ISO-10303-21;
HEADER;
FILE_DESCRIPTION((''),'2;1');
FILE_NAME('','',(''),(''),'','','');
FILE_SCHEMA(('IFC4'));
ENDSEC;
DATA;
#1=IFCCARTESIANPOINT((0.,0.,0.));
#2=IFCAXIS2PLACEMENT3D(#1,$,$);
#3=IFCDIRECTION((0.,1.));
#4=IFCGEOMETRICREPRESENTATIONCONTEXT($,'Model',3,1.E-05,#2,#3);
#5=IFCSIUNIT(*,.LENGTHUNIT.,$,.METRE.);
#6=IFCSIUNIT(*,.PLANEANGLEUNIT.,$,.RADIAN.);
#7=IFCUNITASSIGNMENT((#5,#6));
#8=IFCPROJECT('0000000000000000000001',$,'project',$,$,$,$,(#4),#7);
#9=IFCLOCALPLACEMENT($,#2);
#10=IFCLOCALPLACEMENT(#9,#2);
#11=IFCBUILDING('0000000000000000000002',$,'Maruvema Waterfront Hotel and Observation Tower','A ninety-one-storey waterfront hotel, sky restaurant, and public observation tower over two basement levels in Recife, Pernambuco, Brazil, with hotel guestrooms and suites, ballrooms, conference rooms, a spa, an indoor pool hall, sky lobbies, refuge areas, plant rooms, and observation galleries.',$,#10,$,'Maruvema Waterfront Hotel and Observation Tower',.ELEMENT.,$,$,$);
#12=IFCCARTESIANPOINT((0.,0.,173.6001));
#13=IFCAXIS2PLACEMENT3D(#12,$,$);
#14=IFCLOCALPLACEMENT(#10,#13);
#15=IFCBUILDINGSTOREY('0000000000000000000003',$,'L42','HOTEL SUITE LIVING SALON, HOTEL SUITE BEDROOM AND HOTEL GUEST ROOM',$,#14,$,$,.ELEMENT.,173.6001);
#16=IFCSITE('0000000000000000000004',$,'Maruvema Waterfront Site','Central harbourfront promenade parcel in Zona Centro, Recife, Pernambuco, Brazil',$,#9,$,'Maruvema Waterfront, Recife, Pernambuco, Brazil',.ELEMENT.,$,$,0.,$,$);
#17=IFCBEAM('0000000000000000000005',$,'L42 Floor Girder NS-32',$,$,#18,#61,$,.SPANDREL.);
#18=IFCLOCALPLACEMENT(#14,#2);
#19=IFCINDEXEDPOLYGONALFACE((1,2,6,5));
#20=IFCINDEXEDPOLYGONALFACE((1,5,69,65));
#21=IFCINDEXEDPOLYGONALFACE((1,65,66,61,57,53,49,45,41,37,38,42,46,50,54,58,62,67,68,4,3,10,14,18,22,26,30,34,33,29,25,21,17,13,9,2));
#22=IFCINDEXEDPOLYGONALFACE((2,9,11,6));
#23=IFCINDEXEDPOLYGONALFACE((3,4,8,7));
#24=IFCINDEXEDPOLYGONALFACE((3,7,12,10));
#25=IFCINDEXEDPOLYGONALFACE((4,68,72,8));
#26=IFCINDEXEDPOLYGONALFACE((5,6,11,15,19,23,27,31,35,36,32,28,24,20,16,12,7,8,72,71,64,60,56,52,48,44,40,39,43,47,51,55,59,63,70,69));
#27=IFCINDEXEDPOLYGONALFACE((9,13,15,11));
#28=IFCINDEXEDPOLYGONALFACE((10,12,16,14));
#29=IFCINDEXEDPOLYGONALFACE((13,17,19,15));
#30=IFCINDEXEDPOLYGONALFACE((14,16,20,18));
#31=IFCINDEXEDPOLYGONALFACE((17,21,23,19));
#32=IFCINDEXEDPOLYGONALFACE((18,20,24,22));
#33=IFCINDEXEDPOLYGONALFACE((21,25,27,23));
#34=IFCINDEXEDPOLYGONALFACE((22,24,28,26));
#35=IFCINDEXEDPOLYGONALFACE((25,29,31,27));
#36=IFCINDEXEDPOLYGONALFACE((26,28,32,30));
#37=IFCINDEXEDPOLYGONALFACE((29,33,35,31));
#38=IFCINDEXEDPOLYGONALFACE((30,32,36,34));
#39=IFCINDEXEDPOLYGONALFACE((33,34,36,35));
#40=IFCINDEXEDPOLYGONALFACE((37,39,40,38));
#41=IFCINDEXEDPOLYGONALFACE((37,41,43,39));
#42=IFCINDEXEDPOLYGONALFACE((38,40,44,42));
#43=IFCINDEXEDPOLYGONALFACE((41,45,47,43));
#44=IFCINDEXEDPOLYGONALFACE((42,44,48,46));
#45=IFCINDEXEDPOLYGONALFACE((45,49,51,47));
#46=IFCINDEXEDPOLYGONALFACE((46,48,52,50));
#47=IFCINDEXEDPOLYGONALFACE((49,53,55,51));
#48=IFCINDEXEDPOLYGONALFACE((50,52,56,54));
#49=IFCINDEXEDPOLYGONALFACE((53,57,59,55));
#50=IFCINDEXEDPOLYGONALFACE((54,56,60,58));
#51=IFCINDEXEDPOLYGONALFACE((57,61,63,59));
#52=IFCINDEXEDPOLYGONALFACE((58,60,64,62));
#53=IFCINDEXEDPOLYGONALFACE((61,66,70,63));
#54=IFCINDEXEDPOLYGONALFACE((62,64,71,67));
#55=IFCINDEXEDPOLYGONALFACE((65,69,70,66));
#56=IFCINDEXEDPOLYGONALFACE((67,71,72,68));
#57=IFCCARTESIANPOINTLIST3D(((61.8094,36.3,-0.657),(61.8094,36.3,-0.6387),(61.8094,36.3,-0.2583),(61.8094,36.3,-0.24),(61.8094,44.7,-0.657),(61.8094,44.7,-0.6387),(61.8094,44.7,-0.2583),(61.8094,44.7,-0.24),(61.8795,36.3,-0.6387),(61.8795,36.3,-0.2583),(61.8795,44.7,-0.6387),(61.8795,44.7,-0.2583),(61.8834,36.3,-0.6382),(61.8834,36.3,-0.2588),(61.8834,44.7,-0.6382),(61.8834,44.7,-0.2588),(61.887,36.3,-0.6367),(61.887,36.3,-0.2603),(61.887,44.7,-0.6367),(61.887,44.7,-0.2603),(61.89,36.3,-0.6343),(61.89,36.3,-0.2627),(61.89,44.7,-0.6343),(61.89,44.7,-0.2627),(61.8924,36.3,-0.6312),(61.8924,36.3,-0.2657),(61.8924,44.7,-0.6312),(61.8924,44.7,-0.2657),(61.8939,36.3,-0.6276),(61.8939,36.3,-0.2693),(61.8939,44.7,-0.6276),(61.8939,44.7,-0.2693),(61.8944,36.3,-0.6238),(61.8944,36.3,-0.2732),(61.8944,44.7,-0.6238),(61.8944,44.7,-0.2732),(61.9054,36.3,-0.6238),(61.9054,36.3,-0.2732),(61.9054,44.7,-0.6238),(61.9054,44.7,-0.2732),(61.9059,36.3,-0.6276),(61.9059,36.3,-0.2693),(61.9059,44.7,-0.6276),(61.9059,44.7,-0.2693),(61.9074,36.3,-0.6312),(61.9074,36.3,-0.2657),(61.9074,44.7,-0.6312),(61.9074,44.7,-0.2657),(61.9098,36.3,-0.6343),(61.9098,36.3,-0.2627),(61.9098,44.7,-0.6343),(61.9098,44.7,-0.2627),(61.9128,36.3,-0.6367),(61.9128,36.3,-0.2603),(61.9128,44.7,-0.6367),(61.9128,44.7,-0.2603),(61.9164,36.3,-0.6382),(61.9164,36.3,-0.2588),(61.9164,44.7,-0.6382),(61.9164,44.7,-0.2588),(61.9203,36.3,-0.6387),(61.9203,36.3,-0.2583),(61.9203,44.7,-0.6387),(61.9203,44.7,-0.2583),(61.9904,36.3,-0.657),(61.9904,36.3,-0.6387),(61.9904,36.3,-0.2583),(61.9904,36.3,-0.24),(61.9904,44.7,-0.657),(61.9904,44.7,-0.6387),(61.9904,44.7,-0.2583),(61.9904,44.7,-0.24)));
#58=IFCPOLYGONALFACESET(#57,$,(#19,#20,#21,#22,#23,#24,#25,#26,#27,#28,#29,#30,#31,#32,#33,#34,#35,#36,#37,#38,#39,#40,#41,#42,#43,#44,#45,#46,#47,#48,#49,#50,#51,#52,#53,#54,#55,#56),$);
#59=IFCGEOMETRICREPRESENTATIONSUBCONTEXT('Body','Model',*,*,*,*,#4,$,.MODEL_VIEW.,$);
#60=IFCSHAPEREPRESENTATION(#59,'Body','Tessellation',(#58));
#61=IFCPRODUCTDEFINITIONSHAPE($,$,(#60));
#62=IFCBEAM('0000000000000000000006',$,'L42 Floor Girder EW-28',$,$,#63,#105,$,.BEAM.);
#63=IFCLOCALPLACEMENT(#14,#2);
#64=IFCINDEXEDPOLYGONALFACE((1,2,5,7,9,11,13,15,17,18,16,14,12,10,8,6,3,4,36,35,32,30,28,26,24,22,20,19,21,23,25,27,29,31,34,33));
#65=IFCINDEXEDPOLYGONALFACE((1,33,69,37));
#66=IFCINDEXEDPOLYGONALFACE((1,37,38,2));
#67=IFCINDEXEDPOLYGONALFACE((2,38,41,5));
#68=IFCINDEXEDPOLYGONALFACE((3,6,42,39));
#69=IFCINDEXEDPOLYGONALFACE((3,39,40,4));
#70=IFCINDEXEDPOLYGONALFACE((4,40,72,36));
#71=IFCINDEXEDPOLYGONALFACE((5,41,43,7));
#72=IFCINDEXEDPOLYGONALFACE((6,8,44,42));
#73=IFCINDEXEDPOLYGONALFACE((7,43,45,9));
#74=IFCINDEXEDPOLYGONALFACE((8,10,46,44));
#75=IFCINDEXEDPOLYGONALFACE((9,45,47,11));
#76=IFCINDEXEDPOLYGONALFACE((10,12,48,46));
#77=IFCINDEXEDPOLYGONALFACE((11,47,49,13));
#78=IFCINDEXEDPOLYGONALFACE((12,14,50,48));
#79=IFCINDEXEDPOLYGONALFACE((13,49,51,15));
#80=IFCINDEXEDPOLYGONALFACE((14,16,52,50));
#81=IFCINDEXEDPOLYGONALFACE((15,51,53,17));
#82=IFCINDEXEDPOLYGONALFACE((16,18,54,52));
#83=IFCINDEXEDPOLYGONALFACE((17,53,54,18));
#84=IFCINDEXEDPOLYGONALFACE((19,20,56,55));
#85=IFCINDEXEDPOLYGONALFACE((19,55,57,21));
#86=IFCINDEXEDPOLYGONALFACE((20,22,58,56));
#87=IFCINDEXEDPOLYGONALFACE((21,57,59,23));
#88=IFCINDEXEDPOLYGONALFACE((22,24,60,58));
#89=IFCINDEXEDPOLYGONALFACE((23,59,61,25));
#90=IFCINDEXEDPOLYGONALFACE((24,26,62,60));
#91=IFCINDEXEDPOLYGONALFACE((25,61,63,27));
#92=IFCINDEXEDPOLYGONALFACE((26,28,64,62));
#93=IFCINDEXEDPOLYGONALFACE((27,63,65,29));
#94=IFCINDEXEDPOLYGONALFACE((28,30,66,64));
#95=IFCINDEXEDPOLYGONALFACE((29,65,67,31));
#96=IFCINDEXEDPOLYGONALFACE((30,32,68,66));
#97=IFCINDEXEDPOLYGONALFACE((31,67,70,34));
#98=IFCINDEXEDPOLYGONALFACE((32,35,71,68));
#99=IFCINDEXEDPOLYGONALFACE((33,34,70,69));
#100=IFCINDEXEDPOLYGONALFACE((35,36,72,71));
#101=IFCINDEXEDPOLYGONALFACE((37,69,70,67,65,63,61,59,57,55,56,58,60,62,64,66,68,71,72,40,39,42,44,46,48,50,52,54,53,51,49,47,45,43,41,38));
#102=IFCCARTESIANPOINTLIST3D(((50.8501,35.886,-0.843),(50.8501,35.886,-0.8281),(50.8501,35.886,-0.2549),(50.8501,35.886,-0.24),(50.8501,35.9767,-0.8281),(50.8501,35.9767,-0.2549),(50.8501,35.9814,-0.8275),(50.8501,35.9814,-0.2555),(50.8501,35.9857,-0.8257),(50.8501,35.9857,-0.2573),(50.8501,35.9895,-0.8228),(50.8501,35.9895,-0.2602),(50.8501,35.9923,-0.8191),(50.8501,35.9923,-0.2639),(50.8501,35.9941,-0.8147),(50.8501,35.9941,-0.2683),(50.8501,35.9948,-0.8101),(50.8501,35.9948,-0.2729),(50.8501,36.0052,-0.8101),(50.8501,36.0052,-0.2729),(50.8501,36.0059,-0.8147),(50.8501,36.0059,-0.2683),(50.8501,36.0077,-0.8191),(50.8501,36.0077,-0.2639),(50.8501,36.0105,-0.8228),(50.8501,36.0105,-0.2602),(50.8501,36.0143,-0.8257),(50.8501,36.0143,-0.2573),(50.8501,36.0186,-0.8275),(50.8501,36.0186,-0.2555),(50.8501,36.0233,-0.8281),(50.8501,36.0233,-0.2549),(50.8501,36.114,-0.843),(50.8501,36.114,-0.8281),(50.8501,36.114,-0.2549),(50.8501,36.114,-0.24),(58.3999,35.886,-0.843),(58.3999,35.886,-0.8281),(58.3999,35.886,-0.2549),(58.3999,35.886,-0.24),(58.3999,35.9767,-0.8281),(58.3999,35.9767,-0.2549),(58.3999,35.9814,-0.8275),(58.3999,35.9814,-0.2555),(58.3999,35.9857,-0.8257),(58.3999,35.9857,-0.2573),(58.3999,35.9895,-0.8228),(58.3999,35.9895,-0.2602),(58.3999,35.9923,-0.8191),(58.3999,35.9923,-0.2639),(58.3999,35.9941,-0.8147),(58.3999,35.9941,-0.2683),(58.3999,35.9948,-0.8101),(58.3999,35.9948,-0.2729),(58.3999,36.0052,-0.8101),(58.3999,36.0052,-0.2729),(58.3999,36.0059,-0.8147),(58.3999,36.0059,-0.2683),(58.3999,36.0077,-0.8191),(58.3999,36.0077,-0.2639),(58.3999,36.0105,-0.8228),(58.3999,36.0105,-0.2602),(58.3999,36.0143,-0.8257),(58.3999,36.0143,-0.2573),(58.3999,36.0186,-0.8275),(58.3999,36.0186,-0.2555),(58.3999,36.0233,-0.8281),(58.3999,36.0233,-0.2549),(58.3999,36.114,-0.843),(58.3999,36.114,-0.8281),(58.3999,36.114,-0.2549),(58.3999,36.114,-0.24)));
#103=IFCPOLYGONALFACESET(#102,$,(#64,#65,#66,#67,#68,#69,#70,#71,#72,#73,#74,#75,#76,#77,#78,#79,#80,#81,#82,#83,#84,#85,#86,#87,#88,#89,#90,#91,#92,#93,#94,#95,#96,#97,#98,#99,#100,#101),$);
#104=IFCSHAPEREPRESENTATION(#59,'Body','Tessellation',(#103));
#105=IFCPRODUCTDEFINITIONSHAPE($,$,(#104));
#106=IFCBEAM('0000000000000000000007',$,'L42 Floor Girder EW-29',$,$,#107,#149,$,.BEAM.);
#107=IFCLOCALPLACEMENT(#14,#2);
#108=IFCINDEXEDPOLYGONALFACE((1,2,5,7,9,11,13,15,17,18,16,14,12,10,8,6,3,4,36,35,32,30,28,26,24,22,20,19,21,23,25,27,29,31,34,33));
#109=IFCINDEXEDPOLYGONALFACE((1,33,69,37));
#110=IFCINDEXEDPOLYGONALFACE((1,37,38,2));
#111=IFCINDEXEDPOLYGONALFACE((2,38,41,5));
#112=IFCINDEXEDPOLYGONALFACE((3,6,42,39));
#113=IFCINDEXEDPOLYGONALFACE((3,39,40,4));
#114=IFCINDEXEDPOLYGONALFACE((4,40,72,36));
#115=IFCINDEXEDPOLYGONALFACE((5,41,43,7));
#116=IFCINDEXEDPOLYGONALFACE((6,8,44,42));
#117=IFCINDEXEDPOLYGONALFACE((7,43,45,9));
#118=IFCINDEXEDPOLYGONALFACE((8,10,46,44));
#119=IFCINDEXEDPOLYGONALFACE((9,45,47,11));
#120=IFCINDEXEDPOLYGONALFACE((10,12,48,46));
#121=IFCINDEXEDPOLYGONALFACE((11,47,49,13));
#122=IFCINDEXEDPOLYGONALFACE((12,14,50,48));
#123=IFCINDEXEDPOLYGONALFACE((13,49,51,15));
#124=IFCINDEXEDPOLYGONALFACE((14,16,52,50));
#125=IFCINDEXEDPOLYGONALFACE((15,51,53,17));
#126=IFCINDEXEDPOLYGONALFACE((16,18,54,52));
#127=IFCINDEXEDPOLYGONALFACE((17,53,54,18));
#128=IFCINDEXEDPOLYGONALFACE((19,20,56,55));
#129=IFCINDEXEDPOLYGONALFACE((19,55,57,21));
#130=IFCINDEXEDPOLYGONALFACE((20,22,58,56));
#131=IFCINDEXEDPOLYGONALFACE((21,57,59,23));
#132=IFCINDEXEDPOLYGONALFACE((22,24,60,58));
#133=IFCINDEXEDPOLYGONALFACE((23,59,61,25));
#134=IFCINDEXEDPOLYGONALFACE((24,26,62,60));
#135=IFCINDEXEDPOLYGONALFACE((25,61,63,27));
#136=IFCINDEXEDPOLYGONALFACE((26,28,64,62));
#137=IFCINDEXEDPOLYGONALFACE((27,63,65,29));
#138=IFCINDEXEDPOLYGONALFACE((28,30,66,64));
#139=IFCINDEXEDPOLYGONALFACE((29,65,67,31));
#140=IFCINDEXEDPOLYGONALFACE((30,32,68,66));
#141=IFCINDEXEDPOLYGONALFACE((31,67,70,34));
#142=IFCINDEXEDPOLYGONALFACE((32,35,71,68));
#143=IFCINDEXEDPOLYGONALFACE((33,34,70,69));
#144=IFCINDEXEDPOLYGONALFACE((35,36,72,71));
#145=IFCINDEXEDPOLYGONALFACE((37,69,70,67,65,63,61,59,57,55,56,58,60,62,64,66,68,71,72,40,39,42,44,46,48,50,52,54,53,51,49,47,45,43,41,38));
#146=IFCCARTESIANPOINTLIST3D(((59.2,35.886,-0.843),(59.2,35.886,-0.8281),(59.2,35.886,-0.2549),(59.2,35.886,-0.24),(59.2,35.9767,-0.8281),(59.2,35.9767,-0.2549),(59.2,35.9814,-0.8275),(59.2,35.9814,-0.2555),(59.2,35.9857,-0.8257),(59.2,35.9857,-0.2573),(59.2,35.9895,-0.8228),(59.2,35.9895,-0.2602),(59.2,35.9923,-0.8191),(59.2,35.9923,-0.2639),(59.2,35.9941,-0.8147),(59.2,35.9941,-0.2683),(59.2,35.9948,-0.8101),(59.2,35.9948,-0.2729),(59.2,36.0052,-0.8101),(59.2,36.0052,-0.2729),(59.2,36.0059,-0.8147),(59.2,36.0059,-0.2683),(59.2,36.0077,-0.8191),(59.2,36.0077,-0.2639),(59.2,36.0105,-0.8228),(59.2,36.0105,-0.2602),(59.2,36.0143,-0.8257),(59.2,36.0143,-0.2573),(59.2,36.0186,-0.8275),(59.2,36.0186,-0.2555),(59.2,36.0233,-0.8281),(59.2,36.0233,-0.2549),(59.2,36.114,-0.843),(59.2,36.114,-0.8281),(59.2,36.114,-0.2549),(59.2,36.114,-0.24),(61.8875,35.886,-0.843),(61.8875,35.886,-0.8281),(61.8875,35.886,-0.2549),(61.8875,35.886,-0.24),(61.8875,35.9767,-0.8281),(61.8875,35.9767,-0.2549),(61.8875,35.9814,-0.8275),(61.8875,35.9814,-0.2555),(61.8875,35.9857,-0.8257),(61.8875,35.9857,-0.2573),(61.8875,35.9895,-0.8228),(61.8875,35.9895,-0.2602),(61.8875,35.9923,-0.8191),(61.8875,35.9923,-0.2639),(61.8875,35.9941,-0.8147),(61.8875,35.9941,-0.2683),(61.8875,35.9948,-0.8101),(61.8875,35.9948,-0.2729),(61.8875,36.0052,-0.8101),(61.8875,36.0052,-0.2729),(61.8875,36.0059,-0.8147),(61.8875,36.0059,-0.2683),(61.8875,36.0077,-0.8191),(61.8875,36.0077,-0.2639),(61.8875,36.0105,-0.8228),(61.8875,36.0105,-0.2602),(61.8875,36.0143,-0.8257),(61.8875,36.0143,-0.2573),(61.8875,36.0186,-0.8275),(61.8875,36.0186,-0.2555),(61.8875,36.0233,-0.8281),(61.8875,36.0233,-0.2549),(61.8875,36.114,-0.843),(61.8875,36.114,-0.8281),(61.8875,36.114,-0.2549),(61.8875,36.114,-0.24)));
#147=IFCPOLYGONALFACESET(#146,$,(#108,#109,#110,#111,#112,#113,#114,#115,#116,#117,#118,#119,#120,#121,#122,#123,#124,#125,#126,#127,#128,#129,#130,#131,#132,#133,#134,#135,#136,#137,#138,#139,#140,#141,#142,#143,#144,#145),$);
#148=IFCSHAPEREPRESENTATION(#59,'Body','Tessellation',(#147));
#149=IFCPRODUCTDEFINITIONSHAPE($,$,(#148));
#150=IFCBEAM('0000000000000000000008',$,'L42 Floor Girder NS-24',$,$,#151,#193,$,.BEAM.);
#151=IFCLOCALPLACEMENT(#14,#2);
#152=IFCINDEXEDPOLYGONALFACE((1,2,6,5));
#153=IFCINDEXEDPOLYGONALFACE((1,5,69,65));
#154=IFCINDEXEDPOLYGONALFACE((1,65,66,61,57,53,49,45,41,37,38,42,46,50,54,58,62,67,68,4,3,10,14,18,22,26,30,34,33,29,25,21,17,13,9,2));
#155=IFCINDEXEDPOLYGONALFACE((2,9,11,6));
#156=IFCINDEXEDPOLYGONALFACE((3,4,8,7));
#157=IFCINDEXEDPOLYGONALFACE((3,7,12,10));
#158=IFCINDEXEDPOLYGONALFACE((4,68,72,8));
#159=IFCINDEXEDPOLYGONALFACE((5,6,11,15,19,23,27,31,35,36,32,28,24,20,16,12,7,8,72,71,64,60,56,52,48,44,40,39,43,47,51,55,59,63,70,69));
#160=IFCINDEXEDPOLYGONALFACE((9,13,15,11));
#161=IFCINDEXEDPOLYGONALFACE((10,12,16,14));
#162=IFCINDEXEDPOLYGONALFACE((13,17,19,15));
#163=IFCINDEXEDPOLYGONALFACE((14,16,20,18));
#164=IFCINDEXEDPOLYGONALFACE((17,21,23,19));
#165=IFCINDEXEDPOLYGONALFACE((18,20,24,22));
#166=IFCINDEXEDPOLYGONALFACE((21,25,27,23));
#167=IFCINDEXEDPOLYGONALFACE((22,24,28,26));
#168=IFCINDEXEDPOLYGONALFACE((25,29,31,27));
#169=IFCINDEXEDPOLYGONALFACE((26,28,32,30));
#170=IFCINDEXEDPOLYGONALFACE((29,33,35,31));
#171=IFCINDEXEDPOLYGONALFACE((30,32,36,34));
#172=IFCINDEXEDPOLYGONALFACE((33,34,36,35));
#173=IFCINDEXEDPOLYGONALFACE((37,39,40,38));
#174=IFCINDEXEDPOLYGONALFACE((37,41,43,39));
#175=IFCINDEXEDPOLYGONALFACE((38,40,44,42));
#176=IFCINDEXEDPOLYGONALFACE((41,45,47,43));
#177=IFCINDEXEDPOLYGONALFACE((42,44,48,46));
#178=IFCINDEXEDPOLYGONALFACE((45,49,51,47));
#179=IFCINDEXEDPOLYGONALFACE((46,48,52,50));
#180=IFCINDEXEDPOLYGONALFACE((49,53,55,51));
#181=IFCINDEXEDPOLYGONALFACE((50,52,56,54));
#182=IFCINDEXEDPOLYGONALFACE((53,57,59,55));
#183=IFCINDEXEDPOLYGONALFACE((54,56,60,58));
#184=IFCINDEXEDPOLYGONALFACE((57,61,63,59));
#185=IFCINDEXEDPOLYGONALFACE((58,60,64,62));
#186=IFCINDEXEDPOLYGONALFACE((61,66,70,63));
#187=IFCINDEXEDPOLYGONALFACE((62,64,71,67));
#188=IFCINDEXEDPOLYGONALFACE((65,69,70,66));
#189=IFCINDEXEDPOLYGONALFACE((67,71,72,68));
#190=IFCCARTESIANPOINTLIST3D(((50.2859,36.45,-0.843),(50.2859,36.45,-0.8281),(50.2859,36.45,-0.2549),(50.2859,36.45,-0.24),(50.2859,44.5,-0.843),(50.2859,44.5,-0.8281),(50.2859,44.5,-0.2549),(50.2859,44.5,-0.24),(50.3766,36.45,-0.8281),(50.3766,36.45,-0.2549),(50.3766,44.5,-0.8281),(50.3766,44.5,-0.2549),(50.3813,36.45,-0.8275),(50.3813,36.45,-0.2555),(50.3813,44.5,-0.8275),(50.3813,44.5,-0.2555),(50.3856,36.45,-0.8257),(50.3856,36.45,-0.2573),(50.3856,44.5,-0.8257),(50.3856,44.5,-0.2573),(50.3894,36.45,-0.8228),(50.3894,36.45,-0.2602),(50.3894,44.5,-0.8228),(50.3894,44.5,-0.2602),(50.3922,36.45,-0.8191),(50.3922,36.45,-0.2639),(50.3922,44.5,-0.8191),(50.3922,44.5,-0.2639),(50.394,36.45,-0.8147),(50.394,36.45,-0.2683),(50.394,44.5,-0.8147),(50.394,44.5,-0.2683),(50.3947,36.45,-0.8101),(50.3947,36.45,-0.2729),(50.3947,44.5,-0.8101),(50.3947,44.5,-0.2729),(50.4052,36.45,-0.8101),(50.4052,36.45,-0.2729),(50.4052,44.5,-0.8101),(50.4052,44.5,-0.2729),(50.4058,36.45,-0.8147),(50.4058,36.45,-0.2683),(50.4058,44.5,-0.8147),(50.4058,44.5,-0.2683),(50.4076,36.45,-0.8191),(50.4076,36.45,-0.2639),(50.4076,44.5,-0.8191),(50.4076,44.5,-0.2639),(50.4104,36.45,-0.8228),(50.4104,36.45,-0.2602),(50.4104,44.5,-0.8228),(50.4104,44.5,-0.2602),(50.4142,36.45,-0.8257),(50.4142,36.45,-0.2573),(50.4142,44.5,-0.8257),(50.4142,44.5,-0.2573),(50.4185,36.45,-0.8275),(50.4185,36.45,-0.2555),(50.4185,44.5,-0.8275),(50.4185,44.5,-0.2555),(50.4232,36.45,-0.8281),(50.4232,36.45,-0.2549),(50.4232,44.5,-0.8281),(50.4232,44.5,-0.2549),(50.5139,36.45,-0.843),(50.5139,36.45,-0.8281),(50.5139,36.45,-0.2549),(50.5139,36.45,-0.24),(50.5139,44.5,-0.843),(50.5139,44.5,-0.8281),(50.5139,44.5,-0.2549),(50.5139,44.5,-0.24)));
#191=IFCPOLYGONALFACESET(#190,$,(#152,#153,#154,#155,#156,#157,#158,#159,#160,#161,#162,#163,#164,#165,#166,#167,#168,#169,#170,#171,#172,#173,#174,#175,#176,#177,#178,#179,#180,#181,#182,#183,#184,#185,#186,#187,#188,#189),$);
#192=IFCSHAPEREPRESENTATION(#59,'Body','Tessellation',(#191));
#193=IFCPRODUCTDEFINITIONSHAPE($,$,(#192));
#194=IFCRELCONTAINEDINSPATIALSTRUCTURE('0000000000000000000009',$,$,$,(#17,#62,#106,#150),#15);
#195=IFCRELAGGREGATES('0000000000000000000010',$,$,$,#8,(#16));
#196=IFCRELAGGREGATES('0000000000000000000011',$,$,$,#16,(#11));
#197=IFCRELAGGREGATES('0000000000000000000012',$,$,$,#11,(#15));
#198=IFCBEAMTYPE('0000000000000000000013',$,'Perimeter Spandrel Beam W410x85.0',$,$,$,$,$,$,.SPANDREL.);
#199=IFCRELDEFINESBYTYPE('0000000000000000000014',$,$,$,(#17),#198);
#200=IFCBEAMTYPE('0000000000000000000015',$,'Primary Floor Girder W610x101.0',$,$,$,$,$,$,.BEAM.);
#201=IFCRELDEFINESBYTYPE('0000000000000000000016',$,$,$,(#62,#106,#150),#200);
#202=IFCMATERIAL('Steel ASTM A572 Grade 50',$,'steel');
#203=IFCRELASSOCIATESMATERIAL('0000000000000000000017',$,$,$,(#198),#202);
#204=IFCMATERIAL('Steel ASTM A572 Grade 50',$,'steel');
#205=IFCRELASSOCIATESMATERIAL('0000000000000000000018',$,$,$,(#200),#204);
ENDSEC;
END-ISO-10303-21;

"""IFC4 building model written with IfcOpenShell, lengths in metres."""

from ifc_helpers import new_model, si_unit, direction, frame, origin, origin_2d, place, context, subcontext, project, spatial, i_section, extrude, material, material_profile, profile_set, type_object, element, save


model = new_model("IFC4")

# Units and contexts
model_context = context("Model", 3, precision=1e-05, world=origin(), true_north=direction((0.0, 1.0)))
body_context = subcontext(model_context, "Body", "Model", "MODEL_VIEW")
ifc_project = project(units=[si_unit("LENGTHUNIT", "METRE"), si_unit("PLANEANGLEUNIT", "RADIAN")], contexts=[model_context])

# Site, building, storey
site_placement = place(None, origin())
site = spatial("IfcSite", under=ifc_project, at=site_placement, Name="Maruvema Waterfront Site", Description="Central harbourfront promenade parcel in Zona Centro, Recife, Pernambuco, Brazil", LongName="Maruvema Waterfront, Recife, Pernambuco, Brazil", CompositionType="ELEMENT", RefElevation=0.0)
building_placement = place(site_placement, origin())
building = spatial("IfcBuilding", under=site, at=building_placement, Name="Maruvema Waterfront Hotel and Observation Tower", Description="A ninety-one-storey waterfront hotel, sky restaurant, and public observation tower over two basement levels in Recife, Pernambuco, Brazil, with hotel guestrooms and suites, ballrooms, conference rooms, a spa, an indoor pool hall, sky lobbies, refuge areas, plant rooms, and observation galleries.", LongName="Maruvema Waterfront Hotel and Observation Tower", CompositionType="ELEMENT")
storey_placement = place(building_placement, frame((0.0, 0.0, 173.6001)))
storey = spatial("IfcBuildingStorey", under=building, at=storey_placement, Name="L42", Description="HOTEL SUITE LIVING SALON, HOTEL SUITE BEDROOM AND HOTEL GUEST ROOM", CompositionType="ELEMENT", Elevation=173.6001)

# Beams
ifc_material_1 = material(Name="Steel ASTM A572 Grade 50", Category="steel")
ifc_material_profile_1 = material_profile(ifc_material_1, i_section(OverallWidth=0.1809, OverallDepth=0.417, WebThickness=0.011, FlangeThickness=0.0183, FilletRadius=0.0149, at=origin_2d()), Name="W410x85.0")
ifc_profile_set_1 = profile_set([ifc_material_profile_1], Name="Steel ASTM A572 Grade 50")
beam_type_1 = type_object("IfcBeamType", Name="Perimeter Spandrel Beam W410x85.0", PredefinedType="SPANDREL", material=ifc_profile_set_1)
beam_1_placement = place(storey_placement, frame((61.8999, 36.3, -0.4485), z_axis=(0.0, 1.0, 0.0), x_axis=(-1.0, 0.0, 0.0)))
element("IfcBeam", 1, at=beam_1_placement, inside=storey, type_object=beam_type_1, Name="L42 Floor Girder NS-32", PredefinedType="SPANDREL", context=body_context, shape_type="SweptSolid", body=[
    extrude(i_section(OverallWidth=0.1809, OverallDepth=0.417, WebThickness=0.011, FlangeThickness=0.0183, FilletRadius=0.0149, at=origin_2d()), origin(), (0.0, 0.0, 1.0), 8.3999),
])
ifc_material_2 = material(Name="Steel ASTM A572 Grade 50", Category="steel")
ifc_material_profile_2 = material_profile(ifc_material_2, i_section(OverallWidth=0.228, OverallDepth=0.603, WebThickness=0.0105, FlangeThickness=0.0149, FilletRadius=0.0181, at=origin_2d()), Name="W610x101.0")
ifc_profile_set_2 = profile_set([ifc_material_profile_2], Name="Steel ASTM A572 Grade 50")
beam_type_2 = type_object("IfcBeamType", Name="Primary Floor Girder W610x101.0", PredefinedType="BEAM", material=ifc_profile_set_2)
beam_2_placement = place(storey_placement, frame((50.8501, 36.0, -0.5415), z_axis=(1.0, 0.0, 0.0), x_axis=(0.0, 1.0, 0.0)))
element("IfcBeam", 2, at=beam_2_placement, inside=storey, type_object=beam_type_2, Name="L42 Floor Girder EW-28", PredefinedType="BEAM", context=body_context, shape_type="SweptSolid", body=[
    extrude(i_section(OverallWidth=0.228, OverallDepth=0.603, WebThickness=0.0105, FlangeThickness=0.0149, FilletRadius=0.0181, at=origin_2d()), origin(), (0.0, 0.0, 1.0), 7.5498),
])
beam_3_placement = place(storey_placement, frame((59.2, 36.0, -0.5415), z_axis=(1.0, 0.0, 0.0), x_axis=(0.0, 1.0, 0.0)))
element("IfcBeam", 3, at=beam_3_placement, inside=storey, type_object=beam_type_2, Name="L42 Floor Girder EW-29", PredefinedType="BEAM", context=body_context, shape_type="SweptSolid", body=[
    extrude(i_section(OverallWidth=0.228, OverallDepth=0.603, WebThickness=0.0105, FlangeThickness=0.0149, FilletRadius=0.0181, at=origin_2d()), origin(), (0.0, 0.0, 1.0), 2.6875),
])
beam_4_placement = place(storey_placement, frame((50.3999, 36.45, -0.5415), z_axis=(0.0, 1.0, 0.0), x_axis=(-1.0, 0.0, 0.0)))
element("IfcBeam", 4, at=beam_4_placement, inside=storey, type_object=beam_type_2, Name="L42 Floor Girder NS-24", PredefinedType="BEAM", context=body_context, shape_type="SweptSolid", body=[
    extrude(i_section(OverallWidth=0.228, OverallDepth=0.603, WebThickness=0.0105, FlangeThickness=0.0149, FilletRadius=0.0181, at=origin_2d()), origin(), (0.0, 0.0, 1.0), 8.05),
])

save(model, "model.ifc")
